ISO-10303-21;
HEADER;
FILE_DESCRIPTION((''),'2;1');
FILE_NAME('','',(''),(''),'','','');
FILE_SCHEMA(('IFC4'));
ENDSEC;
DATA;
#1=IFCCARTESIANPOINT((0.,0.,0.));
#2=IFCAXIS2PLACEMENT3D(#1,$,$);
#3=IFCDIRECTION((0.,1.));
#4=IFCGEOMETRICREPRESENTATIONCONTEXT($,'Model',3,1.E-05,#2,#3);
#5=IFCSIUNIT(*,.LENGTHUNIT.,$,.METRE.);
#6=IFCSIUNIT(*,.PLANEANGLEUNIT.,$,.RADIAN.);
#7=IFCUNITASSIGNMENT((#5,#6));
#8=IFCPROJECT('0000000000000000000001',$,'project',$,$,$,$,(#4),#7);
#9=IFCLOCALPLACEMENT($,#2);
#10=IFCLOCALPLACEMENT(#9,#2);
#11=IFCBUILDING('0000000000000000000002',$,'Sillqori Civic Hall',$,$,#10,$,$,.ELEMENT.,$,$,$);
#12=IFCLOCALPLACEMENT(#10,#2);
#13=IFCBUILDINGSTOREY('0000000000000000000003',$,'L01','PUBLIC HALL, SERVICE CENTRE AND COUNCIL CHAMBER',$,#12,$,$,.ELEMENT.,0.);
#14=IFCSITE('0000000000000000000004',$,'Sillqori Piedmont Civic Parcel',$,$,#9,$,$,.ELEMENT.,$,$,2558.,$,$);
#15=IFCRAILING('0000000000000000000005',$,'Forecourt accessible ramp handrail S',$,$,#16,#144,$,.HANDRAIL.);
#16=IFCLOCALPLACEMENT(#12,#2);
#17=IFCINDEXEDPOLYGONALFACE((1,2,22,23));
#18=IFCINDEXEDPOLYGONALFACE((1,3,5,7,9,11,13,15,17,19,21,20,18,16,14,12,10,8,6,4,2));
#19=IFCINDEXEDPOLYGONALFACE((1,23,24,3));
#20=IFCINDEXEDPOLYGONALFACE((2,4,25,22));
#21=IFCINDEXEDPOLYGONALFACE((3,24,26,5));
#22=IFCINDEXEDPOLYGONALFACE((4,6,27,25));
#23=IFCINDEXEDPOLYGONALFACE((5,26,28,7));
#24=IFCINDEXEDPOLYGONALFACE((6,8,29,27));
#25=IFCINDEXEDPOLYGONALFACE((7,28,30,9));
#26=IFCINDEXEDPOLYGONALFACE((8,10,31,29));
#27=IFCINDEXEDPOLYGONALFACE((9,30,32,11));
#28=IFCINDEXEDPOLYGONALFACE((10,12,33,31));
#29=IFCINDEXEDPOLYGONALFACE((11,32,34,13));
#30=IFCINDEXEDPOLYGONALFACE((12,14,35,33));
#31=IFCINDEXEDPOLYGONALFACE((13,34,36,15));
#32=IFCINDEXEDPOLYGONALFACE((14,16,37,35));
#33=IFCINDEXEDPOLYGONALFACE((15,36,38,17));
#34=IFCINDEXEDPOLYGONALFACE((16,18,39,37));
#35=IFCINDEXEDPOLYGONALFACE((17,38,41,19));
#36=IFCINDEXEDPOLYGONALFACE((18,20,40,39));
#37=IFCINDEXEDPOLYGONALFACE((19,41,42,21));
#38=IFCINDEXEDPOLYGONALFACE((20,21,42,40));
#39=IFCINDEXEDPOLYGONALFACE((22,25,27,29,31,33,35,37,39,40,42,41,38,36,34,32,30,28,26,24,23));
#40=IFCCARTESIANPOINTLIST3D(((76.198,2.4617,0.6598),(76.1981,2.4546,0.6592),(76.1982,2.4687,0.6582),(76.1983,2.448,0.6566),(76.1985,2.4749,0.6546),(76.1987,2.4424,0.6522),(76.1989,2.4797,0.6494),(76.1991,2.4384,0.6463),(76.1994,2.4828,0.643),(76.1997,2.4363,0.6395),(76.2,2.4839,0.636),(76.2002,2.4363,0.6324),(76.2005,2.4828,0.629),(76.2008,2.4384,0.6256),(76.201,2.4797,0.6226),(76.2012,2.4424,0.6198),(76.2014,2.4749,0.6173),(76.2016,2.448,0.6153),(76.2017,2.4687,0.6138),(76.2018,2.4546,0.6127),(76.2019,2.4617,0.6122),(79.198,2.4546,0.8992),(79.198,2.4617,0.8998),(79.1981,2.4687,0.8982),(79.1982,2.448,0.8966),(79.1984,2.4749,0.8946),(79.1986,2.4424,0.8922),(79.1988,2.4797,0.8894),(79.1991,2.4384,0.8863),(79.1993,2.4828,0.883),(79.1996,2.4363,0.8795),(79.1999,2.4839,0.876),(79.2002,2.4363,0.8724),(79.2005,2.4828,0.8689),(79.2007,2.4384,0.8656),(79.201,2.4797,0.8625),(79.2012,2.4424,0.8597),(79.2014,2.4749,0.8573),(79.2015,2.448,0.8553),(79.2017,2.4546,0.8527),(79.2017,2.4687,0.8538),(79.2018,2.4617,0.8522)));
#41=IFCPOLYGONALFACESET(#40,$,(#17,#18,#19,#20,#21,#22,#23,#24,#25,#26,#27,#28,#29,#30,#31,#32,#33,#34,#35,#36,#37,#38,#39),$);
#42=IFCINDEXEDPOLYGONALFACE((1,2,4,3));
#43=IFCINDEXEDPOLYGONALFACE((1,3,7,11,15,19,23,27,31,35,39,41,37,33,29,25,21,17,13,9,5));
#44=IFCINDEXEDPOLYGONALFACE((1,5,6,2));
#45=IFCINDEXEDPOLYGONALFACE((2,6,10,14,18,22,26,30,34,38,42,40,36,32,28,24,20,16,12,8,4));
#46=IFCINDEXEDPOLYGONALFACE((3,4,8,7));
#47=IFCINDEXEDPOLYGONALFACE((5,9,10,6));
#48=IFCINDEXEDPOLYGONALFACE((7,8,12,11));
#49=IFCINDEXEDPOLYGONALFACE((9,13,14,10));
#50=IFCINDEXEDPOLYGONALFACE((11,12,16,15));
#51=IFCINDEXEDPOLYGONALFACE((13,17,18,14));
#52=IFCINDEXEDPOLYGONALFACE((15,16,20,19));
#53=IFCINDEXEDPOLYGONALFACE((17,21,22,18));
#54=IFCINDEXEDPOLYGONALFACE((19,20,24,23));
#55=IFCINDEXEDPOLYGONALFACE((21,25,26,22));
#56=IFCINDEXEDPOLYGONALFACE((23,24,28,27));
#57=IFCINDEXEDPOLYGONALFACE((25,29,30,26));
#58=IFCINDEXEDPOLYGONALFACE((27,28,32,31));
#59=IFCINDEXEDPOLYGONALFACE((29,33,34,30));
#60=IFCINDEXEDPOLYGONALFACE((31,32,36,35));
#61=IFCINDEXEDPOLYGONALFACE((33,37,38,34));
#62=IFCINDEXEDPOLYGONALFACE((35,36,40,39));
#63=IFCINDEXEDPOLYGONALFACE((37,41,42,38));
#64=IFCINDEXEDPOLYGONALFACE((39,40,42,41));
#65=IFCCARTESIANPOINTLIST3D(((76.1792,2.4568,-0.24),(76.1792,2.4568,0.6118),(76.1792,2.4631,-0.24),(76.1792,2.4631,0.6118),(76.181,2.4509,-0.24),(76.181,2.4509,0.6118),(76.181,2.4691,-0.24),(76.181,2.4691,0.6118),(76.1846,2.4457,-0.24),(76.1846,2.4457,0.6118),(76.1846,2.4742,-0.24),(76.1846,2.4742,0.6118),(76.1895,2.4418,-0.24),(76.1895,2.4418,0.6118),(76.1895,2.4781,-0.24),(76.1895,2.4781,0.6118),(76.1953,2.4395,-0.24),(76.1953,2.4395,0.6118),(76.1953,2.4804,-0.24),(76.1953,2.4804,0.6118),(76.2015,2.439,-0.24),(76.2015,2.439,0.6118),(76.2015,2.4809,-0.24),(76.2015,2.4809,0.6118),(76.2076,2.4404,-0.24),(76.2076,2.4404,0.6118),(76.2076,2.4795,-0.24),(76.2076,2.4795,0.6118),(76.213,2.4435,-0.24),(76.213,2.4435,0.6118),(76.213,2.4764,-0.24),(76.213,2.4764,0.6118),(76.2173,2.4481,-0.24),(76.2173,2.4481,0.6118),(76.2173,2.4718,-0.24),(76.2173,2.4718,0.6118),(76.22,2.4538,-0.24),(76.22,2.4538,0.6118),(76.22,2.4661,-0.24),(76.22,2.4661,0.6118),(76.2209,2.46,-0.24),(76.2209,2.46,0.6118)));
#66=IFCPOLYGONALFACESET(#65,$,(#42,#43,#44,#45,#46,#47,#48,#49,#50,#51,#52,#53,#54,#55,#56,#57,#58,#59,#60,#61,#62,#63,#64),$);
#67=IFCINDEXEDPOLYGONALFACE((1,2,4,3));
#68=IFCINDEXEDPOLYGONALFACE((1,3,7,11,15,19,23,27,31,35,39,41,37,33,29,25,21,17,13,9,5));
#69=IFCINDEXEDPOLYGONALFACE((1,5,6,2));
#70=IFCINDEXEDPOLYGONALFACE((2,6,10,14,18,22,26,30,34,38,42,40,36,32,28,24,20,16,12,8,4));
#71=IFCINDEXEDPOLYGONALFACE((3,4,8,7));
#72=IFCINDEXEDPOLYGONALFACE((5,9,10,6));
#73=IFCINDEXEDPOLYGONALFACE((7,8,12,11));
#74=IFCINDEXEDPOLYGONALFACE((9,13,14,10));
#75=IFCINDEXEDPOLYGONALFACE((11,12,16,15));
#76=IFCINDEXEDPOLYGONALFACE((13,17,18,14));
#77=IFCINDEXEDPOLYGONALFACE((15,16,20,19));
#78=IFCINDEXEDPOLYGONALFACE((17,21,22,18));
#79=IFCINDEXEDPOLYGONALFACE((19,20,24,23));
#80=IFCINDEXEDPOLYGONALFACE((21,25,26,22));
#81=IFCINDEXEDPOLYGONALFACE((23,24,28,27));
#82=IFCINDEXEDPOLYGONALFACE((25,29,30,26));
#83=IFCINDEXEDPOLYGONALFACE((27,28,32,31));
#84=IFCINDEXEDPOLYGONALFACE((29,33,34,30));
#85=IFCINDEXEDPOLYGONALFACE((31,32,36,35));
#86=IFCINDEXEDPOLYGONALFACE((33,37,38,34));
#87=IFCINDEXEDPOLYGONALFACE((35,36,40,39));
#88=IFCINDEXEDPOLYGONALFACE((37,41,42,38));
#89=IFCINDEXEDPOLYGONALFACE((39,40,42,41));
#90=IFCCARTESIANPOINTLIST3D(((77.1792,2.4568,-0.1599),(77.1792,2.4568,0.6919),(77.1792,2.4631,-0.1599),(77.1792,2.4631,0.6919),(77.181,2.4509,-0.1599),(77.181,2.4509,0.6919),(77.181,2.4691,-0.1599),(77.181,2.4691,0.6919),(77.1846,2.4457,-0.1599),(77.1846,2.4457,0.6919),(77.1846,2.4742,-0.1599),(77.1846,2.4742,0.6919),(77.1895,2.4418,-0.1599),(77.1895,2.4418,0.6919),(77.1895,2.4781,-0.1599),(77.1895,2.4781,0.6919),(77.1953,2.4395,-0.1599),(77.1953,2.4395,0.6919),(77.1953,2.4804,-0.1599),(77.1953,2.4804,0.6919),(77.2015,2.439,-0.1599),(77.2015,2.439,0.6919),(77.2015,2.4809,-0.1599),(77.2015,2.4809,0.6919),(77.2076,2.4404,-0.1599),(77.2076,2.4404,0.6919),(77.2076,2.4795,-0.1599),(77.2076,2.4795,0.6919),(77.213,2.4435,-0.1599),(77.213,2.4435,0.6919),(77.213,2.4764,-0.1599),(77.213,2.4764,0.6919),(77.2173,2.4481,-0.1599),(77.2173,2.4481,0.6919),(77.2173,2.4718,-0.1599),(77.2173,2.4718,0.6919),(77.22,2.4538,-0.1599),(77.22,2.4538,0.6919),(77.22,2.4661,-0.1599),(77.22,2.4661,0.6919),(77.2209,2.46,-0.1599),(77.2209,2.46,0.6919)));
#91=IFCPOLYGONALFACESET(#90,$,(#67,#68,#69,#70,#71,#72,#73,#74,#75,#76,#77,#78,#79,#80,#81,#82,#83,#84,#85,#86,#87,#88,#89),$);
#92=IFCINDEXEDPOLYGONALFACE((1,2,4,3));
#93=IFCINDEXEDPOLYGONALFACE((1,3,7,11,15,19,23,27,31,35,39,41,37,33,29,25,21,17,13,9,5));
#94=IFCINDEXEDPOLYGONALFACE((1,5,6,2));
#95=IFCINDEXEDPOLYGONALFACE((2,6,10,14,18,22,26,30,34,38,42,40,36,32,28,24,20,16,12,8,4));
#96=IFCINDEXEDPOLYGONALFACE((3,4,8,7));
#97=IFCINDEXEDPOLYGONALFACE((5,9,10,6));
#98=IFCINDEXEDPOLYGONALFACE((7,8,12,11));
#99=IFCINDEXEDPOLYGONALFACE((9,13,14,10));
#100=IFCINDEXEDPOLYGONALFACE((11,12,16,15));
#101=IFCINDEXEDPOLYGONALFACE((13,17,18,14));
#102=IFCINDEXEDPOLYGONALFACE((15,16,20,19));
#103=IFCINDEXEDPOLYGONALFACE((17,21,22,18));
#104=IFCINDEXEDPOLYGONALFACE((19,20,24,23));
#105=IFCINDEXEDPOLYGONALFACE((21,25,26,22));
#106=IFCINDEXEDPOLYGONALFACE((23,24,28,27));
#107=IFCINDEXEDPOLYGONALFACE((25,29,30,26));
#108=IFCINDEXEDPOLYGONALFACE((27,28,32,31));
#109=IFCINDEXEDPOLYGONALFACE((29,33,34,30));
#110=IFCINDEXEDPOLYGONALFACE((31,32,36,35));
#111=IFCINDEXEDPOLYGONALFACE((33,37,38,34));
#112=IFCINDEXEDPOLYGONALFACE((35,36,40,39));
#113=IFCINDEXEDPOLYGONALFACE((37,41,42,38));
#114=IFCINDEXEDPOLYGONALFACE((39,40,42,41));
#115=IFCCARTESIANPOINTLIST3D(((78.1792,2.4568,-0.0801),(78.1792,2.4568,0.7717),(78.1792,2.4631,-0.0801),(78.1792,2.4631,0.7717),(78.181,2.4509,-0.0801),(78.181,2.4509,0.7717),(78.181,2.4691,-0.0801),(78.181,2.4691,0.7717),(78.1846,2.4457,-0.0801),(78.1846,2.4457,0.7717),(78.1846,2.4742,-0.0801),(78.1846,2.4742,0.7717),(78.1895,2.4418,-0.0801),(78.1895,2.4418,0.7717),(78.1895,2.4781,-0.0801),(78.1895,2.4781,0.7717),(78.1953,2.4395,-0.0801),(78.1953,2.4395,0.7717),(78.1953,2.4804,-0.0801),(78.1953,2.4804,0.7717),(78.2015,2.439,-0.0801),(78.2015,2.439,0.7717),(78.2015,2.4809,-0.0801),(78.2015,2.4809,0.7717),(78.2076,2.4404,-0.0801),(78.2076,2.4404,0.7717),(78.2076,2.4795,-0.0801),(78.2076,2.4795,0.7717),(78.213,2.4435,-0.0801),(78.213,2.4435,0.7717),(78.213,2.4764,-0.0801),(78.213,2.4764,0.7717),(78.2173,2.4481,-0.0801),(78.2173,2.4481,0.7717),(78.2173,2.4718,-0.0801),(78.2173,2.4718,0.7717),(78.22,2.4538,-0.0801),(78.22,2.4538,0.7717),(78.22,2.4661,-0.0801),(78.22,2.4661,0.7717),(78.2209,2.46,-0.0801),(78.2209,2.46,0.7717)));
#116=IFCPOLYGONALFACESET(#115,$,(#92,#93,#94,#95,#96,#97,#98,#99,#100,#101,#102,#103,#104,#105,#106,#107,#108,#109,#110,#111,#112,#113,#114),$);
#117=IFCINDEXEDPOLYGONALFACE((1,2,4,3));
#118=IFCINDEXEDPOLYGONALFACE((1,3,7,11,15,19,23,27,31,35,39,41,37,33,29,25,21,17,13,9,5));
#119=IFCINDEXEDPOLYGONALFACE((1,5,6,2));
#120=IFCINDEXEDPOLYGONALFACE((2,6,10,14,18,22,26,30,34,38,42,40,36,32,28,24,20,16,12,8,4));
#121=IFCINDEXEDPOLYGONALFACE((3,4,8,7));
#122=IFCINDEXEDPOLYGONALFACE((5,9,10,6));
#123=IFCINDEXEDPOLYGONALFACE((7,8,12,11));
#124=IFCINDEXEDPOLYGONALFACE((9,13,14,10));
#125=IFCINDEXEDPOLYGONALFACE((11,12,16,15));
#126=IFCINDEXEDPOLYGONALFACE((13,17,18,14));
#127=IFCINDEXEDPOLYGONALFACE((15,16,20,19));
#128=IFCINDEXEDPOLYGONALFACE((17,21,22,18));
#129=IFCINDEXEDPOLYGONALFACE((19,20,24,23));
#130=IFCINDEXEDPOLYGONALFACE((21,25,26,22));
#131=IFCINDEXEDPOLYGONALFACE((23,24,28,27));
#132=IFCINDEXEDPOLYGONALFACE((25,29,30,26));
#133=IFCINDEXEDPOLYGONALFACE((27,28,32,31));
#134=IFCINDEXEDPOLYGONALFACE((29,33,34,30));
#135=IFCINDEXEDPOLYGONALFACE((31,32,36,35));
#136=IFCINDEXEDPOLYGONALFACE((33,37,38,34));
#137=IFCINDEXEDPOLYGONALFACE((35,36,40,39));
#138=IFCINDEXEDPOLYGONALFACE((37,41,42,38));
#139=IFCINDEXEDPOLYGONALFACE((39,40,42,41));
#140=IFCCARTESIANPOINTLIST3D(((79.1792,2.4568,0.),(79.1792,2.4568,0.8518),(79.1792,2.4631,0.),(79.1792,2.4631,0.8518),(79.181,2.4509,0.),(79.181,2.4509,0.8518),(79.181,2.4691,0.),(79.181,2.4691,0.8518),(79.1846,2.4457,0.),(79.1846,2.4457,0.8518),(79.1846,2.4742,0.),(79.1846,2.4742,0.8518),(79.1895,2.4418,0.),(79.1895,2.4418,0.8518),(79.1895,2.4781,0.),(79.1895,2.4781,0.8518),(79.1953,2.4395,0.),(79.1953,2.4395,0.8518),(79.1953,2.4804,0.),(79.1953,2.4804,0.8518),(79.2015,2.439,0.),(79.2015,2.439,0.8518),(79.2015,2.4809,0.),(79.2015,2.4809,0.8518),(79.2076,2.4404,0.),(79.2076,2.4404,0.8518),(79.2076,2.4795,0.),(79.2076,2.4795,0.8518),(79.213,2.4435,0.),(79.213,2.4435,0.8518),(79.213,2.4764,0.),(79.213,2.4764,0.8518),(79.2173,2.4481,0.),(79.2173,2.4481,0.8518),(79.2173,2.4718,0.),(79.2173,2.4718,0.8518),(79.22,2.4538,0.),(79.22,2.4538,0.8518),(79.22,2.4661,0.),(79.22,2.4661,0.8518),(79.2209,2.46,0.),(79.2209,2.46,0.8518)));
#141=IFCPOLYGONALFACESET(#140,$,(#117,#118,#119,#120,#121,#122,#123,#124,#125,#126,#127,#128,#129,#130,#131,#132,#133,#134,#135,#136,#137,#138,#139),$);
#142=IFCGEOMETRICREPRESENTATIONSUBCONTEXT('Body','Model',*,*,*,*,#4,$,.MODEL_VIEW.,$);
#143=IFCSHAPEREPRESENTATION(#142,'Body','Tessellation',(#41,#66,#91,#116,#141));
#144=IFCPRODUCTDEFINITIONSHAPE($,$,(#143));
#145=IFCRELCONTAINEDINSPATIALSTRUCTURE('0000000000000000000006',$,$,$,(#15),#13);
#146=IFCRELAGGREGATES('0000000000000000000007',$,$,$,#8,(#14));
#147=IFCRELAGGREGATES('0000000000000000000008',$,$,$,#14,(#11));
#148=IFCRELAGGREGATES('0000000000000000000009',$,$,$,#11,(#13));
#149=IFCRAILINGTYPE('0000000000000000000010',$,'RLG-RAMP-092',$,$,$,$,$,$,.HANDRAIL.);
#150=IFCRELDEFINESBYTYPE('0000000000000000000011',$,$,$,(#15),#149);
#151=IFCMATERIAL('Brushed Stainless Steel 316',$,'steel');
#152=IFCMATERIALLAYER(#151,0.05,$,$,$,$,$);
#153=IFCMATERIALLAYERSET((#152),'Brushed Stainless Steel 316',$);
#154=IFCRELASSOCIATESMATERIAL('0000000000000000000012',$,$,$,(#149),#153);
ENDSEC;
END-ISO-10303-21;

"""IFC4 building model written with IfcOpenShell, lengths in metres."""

from ifc_helpers import new_model, si_unit, direction, frame, origin, origin_2d, place, context, subcontext, project, spatial, circle, extrude, material, layer, layer_set, type_object, element, save


model = new_model("IFC4")

# Units and contexts
model_context = context("Model", 3, precision=1e-05, world=origin(), true_north=direction((0.0, 1.0)))
body_context = subcontext(model_context, "Body", "Model", "MODEL_VIEW")
ifc_project = project(units=[si_unit("LENGTHUNIT", "METRE"), si_unit("PLANEANGLEUNIT", "RADIAN")], contexts=[model_context])

# Site, building, storey
site_placement = place(None, origin())
site = spatial("IfcSite", under=ifc_project, at=site_placement, Name="Sillqori Piedmont Civic Parcel", CompositionType="ELEMENT", RefElevation=2558.0)
building_placement = place(site_placement, origin())
building = spatial("IfcBuilding", under=site, at=building_placement, Name="Sillqori Civic Hall", CompositionType="ELEMENT")
storey_placement = place(building_placement, origin())
storey = spatial("IfcBuildingStorey", under=building, at=storey_placement, Name="L01", Description="PUBLIC HALL, SERVICE CENTRE AND COUNCIL CHAMBER", CompositionType="ELEMENT", Elevation=0.0)

# Railing
ifc_material_1 = material(Name="Brushed Stainless Steel 316", Category="steel")
ifc_layer_1 = layer(ifc_material_1, 0.05)
ifc_layer_set_1 = layer_set([ifc_layer_1], Name="Brushed Stainless Steel 316")
railing_type = type_object("IfcRailingType", Name="RLG-RAMP-092", PredefinedType="HANDRAIL", material=ifc_layer_set_1)
for number, where, name in (
    (1, (76.2, 2.46, -0.24), "Forecourt accessible ramp handrail S"),
):
    element("IfcRailing", number, at=place(storey_placement, frame(where)), inside=storey, type_object=railing_type, Name=name, PredefinedType="HANDRAIL", context=body_context, shape_type="SweptSolid", body=[
        extrude(circle(Radius=0.0239, at=origin_2d()), frame((0.0, 0.0, 0.876), z_axis=(0.996816, 0.0, 0.079742), x_axis=(0.0, 1.0, 0.0)), (0.0, 0.0, 1.0), 3.0095),
        extrude(circle(Radius=0.021, at=origin_2d()), origin(), (0.0, 0.0, 1.0), 0.8518),
        extrude(circle(Radius=0.021, at=origin_2d()), frame((1.0, 0.0, 0.0801)), (0.0, 0.0, 1.0), 0.8518),
        extrude(circle(Radius=0.021, at=origin_2d()), frame((2.0, 0.0, 0.1599)), (0.0, 0.0, 1.0), 0.8518),
        extrude(circle(Radius=0.021, at=origin_2d()), frame((3.0, 0.0, 0.24)), (0.0, 0.0, 1.0), 0.8518),
    ])

save(model, "model.ifc")
